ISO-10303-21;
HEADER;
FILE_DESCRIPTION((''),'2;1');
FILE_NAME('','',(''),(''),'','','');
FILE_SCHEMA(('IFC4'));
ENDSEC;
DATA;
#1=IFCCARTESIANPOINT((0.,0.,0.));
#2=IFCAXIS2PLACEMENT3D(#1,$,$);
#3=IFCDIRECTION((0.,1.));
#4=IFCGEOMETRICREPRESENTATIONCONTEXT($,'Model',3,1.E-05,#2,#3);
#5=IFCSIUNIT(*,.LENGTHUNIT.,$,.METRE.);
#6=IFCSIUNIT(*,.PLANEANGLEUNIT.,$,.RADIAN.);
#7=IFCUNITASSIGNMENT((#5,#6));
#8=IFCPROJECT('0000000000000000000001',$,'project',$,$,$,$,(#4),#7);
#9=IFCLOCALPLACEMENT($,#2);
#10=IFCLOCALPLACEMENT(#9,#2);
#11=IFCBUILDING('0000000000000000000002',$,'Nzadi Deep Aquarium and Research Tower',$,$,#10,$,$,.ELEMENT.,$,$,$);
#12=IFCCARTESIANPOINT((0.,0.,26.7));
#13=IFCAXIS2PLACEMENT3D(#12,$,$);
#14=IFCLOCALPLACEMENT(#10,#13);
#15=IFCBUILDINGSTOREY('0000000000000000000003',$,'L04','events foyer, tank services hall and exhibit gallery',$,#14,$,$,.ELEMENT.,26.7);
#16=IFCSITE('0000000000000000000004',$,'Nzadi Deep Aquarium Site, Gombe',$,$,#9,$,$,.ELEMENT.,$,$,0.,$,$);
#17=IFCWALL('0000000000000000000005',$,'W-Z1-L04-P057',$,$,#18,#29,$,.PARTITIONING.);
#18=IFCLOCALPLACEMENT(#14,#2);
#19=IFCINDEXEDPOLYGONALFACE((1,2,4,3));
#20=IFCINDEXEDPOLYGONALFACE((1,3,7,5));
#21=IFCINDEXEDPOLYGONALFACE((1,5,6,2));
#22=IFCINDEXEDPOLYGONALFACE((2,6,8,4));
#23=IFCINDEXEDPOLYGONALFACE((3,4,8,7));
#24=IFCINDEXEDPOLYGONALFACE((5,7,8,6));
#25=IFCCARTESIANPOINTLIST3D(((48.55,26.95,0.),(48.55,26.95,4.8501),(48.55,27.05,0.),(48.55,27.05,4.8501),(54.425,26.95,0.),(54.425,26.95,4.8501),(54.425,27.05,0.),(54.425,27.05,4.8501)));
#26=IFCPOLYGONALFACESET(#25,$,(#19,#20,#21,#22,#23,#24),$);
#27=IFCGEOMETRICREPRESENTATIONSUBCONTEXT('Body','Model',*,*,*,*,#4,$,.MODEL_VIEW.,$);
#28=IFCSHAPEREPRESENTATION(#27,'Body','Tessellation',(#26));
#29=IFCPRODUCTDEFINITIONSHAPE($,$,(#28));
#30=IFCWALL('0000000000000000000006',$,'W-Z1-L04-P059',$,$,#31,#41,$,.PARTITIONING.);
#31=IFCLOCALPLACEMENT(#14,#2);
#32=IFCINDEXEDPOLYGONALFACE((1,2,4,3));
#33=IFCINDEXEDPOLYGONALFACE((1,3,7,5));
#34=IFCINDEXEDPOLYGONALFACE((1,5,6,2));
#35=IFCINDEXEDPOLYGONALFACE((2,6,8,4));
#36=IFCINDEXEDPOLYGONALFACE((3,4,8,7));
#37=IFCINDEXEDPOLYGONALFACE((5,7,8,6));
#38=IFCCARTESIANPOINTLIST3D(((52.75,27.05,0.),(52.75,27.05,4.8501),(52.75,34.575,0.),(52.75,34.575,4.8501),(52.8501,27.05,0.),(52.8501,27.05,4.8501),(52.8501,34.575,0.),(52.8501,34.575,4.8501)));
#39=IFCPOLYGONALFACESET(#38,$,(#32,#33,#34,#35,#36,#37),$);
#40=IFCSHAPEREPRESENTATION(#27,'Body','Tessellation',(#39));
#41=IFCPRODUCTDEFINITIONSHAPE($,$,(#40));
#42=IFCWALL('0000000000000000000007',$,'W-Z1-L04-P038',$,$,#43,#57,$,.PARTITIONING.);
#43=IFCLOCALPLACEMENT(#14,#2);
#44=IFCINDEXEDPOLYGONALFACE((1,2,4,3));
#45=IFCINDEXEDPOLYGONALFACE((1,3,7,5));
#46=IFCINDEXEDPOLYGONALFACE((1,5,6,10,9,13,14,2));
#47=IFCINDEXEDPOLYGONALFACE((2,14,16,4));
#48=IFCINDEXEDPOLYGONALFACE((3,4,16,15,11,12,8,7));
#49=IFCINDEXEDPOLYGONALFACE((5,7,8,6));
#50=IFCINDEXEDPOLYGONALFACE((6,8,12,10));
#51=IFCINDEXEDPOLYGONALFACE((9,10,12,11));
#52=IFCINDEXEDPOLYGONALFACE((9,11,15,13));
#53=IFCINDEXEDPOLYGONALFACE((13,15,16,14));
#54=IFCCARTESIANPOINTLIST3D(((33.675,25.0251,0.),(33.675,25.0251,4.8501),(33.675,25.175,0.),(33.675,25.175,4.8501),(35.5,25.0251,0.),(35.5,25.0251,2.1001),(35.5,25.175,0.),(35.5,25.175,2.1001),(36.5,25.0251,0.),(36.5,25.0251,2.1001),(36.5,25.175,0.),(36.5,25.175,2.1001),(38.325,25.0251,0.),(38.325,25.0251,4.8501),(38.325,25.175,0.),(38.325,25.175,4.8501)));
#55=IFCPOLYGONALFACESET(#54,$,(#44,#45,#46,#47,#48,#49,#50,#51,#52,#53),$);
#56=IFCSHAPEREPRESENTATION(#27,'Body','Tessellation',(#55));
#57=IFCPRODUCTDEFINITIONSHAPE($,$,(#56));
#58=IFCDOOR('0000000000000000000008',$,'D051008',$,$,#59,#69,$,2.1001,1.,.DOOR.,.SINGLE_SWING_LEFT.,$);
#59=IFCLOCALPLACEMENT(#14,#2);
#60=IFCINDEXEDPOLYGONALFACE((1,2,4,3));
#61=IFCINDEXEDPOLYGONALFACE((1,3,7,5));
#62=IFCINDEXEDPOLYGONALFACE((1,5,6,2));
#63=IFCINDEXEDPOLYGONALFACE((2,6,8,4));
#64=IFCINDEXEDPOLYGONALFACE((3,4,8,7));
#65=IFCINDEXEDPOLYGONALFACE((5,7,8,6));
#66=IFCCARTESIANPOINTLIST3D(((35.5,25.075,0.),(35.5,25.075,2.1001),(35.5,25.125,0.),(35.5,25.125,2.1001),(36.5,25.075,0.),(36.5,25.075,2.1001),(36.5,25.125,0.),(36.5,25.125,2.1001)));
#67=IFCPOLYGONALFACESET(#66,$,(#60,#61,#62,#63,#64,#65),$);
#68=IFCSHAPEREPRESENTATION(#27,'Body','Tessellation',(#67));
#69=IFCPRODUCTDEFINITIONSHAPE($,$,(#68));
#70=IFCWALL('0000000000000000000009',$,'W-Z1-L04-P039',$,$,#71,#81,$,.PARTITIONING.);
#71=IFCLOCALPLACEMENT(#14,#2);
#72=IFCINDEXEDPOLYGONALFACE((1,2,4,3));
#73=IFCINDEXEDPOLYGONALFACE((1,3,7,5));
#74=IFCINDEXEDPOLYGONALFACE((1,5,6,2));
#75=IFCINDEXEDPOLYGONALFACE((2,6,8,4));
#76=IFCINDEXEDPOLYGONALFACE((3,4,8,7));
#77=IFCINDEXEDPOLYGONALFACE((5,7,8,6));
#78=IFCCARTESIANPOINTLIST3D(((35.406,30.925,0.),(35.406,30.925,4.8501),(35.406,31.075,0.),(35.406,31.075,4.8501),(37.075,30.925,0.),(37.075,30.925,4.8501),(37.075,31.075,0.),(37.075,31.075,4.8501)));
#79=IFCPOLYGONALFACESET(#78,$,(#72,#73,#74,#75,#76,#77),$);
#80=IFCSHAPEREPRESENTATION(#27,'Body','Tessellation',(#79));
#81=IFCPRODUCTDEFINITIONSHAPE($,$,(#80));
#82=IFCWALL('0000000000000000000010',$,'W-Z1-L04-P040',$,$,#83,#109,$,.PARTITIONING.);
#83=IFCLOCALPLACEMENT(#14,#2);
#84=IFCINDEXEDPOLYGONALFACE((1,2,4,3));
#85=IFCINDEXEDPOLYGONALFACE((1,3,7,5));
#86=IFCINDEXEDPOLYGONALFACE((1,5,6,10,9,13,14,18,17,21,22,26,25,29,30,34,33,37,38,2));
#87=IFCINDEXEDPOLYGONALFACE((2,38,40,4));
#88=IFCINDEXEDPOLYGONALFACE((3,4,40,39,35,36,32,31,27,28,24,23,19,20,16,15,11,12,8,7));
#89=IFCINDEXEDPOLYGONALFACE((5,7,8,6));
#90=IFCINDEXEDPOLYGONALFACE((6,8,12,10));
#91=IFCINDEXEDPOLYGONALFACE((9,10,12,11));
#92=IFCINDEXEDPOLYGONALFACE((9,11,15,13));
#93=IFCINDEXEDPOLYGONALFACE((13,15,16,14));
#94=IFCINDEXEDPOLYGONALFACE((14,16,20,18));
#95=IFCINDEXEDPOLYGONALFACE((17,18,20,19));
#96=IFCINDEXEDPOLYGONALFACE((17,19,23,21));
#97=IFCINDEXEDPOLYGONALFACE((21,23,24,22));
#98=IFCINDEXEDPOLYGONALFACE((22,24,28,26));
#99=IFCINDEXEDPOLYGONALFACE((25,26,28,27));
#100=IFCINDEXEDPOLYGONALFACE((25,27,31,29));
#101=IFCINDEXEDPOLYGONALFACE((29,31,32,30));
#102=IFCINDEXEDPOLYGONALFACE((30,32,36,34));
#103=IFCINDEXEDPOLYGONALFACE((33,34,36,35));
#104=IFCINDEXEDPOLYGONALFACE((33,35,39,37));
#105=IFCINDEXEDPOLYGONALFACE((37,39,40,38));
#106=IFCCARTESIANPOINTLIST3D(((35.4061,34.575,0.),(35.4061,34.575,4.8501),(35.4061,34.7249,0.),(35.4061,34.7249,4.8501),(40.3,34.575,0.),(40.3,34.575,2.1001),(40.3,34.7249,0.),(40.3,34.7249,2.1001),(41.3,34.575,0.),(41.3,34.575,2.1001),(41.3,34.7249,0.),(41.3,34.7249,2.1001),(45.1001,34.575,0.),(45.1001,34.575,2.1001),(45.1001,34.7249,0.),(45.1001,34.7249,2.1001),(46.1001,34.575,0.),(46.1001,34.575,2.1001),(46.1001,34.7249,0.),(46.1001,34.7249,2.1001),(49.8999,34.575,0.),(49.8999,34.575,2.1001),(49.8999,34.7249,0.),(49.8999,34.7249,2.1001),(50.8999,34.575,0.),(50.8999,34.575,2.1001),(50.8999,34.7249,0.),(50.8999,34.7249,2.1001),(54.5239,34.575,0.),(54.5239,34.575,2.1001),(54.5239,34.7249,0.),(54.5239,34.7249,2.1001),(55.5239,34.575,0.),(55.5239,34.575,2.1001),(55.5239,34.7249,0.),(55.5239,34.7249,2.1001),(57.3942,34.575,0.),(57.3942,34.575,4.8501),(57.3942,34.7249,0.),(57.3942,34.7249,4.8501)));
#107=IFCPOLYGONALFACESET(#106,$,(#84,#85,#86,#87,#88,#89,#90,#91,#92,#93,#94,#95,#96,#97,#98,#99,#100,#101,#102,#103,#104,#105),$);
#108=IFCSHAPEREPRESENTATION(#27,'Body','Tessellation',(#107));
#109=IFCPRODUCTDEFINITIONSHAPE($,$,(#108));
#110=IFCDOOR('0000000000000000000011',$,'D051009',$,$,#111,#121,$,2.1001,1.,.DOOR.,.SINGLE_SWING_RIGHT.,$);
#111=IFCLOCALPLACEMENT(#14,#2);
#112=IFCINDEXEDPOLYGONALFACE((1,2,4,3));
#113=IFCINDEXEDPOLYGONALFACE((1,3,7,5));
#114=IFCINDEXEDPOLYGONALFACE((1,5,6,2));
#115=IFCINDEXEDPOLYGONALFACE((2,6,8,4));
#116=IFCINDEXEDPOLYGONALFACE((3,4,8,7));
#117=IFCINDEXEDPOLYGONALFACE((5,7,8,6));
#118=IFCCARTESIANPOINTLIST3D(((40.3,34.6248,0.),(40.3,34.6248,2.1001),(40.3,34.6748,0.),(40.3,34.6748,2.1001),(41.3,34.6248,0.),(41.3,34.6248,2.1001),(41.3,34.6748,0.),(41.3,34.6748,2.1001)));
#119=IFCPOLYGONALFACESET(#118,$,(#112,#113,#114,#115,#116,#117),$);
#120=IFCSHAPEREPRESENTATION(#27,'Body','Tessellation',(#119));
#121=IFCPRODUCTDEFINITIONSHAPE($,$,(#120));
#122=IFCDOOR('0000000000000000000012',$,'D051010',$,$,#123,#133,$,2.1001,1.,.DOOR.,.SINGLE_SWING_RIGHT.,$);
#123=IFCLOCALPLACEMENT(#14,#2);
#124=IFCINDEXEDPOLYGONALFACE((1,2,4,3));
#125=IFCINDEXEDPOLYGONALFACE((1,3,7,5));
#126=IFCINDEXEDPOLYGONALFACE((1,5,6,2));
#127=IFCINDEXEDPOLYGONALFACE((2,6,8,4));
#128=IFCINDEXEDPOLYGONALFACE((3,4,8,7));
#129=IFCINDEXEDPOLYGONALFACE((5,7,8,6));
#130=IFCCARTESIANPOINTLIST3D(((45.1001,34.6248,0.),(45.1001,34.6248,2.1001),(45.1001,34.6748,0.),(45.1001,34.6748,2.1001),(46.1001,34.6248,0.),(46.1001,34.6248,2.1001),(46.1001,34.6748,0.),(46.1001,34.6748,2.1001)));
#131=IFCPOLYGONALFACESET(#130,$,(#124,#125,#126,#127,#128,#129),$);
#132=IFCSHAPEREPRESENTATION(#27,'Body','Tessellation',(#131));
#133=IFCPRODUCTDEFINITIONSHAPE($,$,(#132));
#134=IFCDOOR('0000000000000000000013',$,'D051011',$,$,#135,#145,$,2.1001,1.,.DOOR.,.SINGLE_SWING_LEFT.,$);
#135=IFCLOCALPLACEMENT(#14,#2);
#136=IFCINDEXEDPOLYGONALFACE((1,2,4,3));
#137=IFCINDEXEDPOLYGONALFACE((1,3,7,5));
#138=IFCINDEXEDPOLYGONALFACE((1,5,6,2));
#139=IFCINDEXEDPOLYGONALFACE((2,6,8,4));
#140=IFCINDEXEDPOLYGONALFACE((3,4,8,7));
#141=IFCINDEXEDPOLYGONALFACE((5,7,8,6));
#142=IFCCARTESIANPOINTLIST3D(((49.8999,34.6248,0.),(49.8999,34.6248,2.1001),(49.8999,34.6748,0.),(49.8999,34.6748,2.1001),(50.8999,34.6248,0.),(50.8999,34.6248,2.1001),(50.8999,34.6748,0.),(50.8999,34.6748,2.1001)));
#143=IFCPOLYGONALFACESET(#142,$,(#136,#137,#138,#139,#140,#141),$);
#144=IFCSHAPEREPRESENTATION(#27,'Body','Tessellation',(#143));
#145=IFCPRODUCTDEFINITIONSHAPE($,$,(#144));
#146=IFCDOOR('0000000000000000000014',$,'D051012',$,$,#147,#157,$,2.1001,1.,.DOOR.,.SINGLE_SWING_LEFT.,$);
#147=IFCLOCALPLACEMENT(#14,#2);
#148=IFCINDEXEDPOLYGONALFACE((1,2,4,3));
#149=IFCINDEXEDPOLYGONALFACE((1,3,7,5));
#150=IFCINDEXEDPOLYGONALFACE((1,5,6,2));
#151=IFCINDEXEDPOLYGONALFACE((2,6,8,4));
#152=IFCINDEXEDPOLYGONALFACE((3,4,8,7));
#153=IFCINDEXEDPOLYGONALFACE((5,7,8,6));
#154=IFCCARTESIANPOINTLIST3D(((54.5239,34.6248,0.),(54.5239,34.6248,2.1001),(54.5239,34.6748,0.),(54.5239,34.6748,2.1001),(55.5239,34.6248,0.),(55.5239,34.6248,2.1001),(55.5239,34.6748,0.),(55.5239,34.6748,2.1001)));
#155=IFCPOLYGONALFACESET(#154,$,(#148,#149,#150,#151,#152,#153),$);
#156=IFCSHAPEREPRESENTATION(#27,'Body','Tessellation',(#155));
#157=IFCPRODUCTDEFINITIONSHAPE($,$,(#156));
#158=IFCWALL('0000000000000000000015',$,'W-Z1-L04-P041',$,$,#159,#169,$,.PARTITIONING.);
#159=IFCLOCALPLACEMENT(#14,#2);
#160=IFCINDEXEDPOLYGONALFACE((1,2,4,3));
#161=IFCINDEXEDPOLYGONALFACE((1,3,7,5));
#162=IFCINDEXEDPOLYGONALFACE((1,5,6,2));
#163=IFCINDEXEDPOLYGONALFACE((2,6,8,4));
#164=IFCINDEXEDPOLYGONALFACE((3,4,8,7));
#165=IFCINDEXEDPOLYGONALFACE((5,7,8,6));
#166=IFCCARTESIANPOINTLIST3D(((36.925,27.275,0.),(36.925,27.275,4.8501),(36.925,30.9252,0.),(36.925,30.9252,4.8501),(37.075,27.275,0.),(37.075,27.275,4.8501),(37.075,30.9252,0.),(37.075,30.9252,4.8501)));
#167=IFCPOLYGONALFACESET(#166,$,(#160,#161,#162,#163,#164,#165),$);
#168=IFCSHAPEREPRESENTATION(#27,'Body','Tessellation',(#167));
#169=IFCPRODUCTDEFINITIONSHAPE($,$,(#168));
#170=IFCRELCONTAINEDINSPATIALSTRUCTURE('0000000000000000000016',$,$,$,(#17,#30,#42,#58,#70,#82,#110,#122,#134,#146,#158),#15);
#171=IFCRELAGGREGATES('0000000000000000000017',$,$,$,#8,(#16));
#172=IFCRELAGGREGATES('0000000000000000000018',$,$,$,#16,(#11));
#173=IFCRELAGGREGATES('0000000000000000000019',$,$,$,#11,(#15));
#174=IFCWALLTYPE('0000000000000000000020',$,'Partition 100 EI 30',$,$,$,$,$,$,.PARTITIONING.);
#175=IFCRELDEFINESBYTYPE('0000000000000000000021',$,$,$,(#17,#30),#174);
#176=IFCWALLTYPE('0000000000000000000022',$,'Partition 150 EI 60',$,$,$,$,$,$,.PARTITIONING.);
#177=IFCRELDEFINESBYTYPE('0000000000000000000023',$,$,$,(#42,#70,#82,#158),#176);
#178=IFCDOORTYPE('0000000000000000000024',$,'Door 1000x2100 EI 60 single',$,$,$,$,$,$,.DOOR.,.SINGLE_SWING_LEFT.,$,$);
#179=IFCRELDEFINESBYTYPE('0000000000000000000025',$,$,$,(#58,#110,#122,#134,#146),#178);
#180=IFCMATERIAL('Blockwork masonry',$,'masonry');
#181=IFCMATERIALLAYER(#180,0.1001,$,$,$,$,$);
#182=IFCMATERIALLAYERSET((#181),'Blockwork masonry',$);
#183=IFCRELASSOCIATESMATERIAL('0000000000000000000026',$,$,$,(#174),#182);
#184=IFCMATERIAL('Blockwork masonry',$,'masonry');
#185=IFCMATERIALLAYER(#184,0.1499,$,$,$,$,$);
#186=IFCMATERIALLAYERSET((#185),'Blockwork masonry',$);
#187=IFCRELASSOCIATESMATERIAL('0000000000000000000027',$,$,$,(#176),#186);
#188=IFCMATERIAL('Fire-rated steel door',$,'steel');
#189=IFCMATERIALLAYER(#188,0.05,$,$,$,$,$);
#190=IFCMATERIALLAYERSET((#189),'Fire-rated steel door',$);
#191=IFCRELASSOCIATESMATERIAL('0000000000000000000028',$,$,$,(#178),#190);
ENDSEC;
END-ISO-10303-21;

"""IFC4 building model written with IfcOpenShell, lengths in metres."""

from ifc_helpers import new_model, si_unit, direction, frame, frame_2d, origin, place, context, subcontext, project, spatial, rectangle, extrude, material, layer, layer_set, type_object, element, fill, save


model = new_model("IFC4")

# Units and contexts
model_context = context("Model", 3, precision=1e-05, world=origin(), true_north=direction((0.0, 1.0)))
body_context = subcontext(model_context, "Body", "Model", "MODEL_VIEW")
ifc_project = project(units=[si_unit("LENGTHUNIT", "METRE"), si_unit("PLANEANGLEUNIT", "RADIAN")], contexts=[model_context])

# Site, building, storey
site_placement = place(None, origin())
site = spatial("IfcSite", under=ifc_project, at=site_placement, Name="Nzadi Deep Aquarium Site, Gombe", CompositionType="ELEMENT", RefElevation=0.0)
building_placement = place(site_placement, origin())
building = spatial("IfcBuilding", under=site, at=building_placement, Name="Nzadi Deep Aquarium and Research Tower", CompositionType="ELEMENT")
storey_placement = place(building_placement, frame((0.0, 0.0, 26.7)))
storey = spatial("IfcBuildingStorey", under=building, at=storey_placement, Name="L04", Description="events foyer, tank services hall and exhibit gallery", CompositionType="ELEMENT", Elevation=26.7)

# Walls
ifc_material_1 = material(Name="Blockwork masonry", Category="masonry")
ifc_layer_1 = layer(ifc_material_1, 0.1001)
ifc_layer_set_1 = layer_set([ifc_layer_1], Name="Blockwork masonry")
wall_type_1 = type_object("IfcWallType", Name="Partition 100 EI 30", PredefinedType="PARTITIONING", material=ifc_layer_set_1)
wall_1_placement = place(storey_placement, frame((48.55, 27.0, 0.0), z_axis=(0.0, 0.0, 1.0), x_axis=(1.0, 0.0, 0.0)))
element("IfcWall", 1, at=wall_1_placement, inside=storey, type_object=wall_type_1, Name="W-Z1-L04-P057", PredefinedType="PARTITIONING", context=body_context, shape_type="SweptSolid", body=[
    extrude(rectangle(XDim=5.875, YDim=0.1001, at=frame_2d((2.9375, 0.0))), origin(), (0.0, 0.0, 1.0), 4.8501),
])
wall_2_placement = place(storey_placement, frame((52.8, 27.05, 0.0), z_axis=(0.0, 0.0, 1.0), x_axis=(0.0, 1.0, 0.0)))
element("IfcWall", 2, at=wall_2_placement, inside=storey, type_object=wall_type_1, Name="W-Z1-L04-P059", PredefinedType="PARTITIONING", context=body_context, shape_type="SweptSolid", body=[
    extrude(rectangle(XDim=7.5249, YDim=0.1001, at=frame_2d((3.7625, 0.0))), origin(), (0.0, 0.0, 1.0), 4.8501),
])

# Wall, opening, door
ifc_material_2 = material(Name="Blockwork masonry", Category="masonry")
ifc_layer_2 = layer(ifc_material_2, 0.1499)
ifc_layer_set_2 = layer_set([ifc_layer_2], Name="Blockwork masonry")
wall_type_2 = type_object("IfcWallType", Name="Partition 150 EI 60", PredefinedType="PARTITIONING", material=ifc_layer_set_2)
wall_3_placement = place(storey_placement, frame((33.675, 25.1001, 0.0), z_axis=(0.0, 0.0, 1.0), x_axis=(1.0, 0.0, 0.0)))
wall_3 = element("IfcWall", 3, at=wall_3_placement, inside=storey, type_object=wall_type_2, Name="W-Z1-L04-P038", PredefinedType="PARTITIONING", context=body_context, shape_type="SweptSolid", body=[
    extrude(rectangle(XDim=4.6499, YDim=0.1499, at=frame_2d((2.325, 0.0))), origin(), (0.0, 0.0, 1.0), 4.8501),
])
opening_1_placement = place(wall_3_placement, frame((1.825, 0.0, 0.0)))
opening_1 = element("IfcOpeningElement", 4, at=opening_1_placement, cuts=wall_3, PredefinedType="OPENING", context=body_context, shape_type="SweptSolid", body=[
    extrude(rectangle(XDim=1.0, YDim=2.1001, at=frame_2d((0.5, 1.05))), frame((0.0, 0.085, 0.0), z_axis=(0.0, -1.0, 0.0), x_axis=(1.0, 0.0, 0.0)), (0.0, 0.0, 1.0), 0.1699),
])
ifc_material_3 = material(Name="Fire-rated steel door", Category="steel")
ifc_layer_3 = layer(ifc_material_3, 0.05)
ifc_layer_set_3 = layer_set([ifc_layer_3], Name="Fire-rated steel door")
door_type = type_object("IfcDoorType", Name="Door 1000x2100 EI 60 single", OperationType="SINGLE_SWING_LEFT", PredefinedType="DOOR", material=ifc_layer_set_3)
door_1_placement = place(opening_1_placement, origin())
door_1 = element("IfcDoor", 5, at=door_1_placement, inside=storey, type_object=door_type, Name="D051008", OperationType="SINGLE_SWING_LEFT", OverallHeight=2.1001, OverallWidth=1.0, PredefinedType="DOOR", context=body_context, shape_type="SweptSolid", body=[
    extrude(rectangle(XDim=1.0, YDim=2.1001, at=frame_2d((0.5, 1.05))), frame((0.0, 0.0249, 0.0), z_axis=(0.0, -1.0, 0.0), x_axis=(1.0, 0.0, 0.0)), (0.0, 0.0, 1.0), 0.05),
])
fill(opening_1, door_1)

# Wall
wall_4_placement = place(storey_placement, frame((35.406, 31.0, 0.0), z_axis=(0.0, 0.0, 1.0), x_axis=(1.0, 0.0, 0.0)))
element("IfcWall", 6, at=wall_4_placement, inside=storey, type_object=wall_type_2, Name="W-Z1-L04-P039", PredefinedType="PARTITIONING", context=body_context, shape_type="SweptSolid", body=[
    extrude(rectangle(XDim=1.6689, YDim=0.1499, at=frame_2d((0.8345, 0.0))), origin(), (0.0, 0.0, 1.0), 4.8501),
])

# Wall, openings, doors
wall_5_placement = place(storey_placement, frame((35.406, 34.6499, 0.0), z_axis=(0.0, 0.0, 1.0), x_axis=(1.0, 0.0, 0.0)))
wall_5 = element("IfcWall", 7, at=wall_5_placement, inside=storey, type_object=wall_type_2, Name="W-Z1-L04-P040", PredefinedType="PARTITIONING", context=body_context, shape_type="SweptSolid", body=[
    extrude(rectangle(XDim=21.988, YDim=0.1499, at=frame_2d((10.9941, 0.0))), origin(), (0.0, 0.0, 1.0), 4.8501),
])
opening_2_placement = place(wall_5_placement, frame((4.894, 0.0, 0.0)))
opening_2 = element("IfcOpeningElement", 8, at=opening_2_placement, cuts=wall_5, PredefinedType="OPENING", context=body_context, shape_type="SweptSolid", body=[
    extrude(rectangle(XDim=1.0, YDim=2.1001, at=frame_2d((0.5, 1.05))), frame((0.0, 0.085, 0.0), z_axis=(0.0, -1.0, 0.0), x_axis=(1.0, 0.0, 0.0)), (0.0, 0.0, 1.0), 0.1699),
])
opening_3_placement = place(wall_5_placement, frame((9.6941, 0.0, 0.0)))
opening_3 = element("IfcOpeningElement", 9, at=opening_3_placement, cuts=wall_5, PredefinedType="OPENING", context=body_context, shape_type="SweptSolid", body=[
    extrude(rectangle(XDim=1.0, YDim=2.1001, at=frame_2d((0.5, 1.05))), frame((0.0, 0.085, 0.0), z_axis=(0.0, -1.0, 0.0), x_axis=(1.0, 0.0, 0.0)), (0.0, 0.0, 1.0), 0.1699),
])
opening_4_placement = place(wall_5_placement, frame((14.4939, 0.0, 0.0)))
opening_4 = element("IfcOpeningElement", 10, at=opening_4_placement, cuts=wall_5, PredefinedType="OPENING", context=body_context, shape_type="SweptSolid", body=[
    extrude(rectangle(XDim=1.0, YDim=2.1001, at=frame_2d((0.5, 1.05))), frame((0.0, 0.085, 0.0), z_axis=(0.0, -1.0, 0.0), x_axis=(1.0, 0.0, 0.0)), (0.0, 0.0, 1.0), 0.1699),
])
opening_5_placement = place(wall_5_placement, frame((19.1179, 0.0, 0.0)))
opening_5 = element("IfcOpeningElement", 11, at=opening_5_placement, cuts=wall_5, PredefinedType="OPENING", context=body_context, shape_type="SweptSolid", body=[
    extrude(rectangle(XDim=1.0, YDim=2.1001, at=frame_2d((0.5, 1.05))), frame((0.0, 0.085, 0.0), z_axis=(0.0, -1.0, 0.0), x_axis=(1.0, 0.0, 0.0)), (0.0, 0.0, 1.0), 0.1699),
])
door_2_placement = place(opening_2_placement, origin())
door_2 = element("IfcDoor", 12, at=door_2_placement, inside=storey, type_object=door_type, Name="D051009", OperationType="SINGLE_SWING_RIGHT", OverallHeight=2.1001, OverallWidth=1.0, PredefinedType="DOOR", context=body_context, shape_type="SweptSolid", body=[
    extrude(rectangle(XDim=1.0, YDim=2.1001, at=frame_2d((0.5, 1.05))), frame((0.0, 0.0249, 0.0), z_axis=(0.0, -1.0, 0.0), x_axis=(1.0, 0.0, 0.0)), (0.0, 0.0, 1.0), 0.05),
])
fill(opening_2, door_2)
door_3_placement = place(opening_3_placement, origin())
door_3 = element("IfcDoor", 13, at=door_3_placement, inside=storey, type_object=door_type, Name="D051010", OperationType="SINGLE_SWING_RIGHT", OverallHeight=2.1001, OverallWidth=1.0, PredefinedType="DOOR", context=body_context, shape_type="SweptSolid", body=[
    extrude(rectangle(XDim=1.0, YDim=2.1001, at=frame_2d((0.5, 1.05))), frame((0.0, 0.0249, 0.0), z_axis=(0.0, -1.0, 0.0), x_axis=(1.0, 0.0, 0.0)), (0.0, 0.0, 1.0), 0.05),
])
fill(opening_3, door_3)
door_4_placement = place(opening_4_placement, origin())
door_4 = element("IfcDoor", 14, at=door_4_placement, inside=storey, type_object=door_type, Name="D051011", OperationType="SINGLE_SWING_LEFT", OverallHeight=2.1001, OverallWidth=1.0, PredefinedType="DOOR", context=body_context, shape_type="SweptSolid", body=[
    extrude(rectangle(XDim=1.0, YDim=2.1001, at=frame_2d((0.5, 1.05))), frame((0.0, 0.0249, 0.0), z_axis=(0.0, -1.0, 0.0), x_axis=(1.0, 0.0, 0.0)), (0.0, 0.0, 1.0), 0.05),
])
fill(opening_4, door_4)
door_5_placement = place(opening_5_placement, origin())
door_5 = element("IfcDoor", 15, at=door_5_placement, inside=storey, type_object=door_type, Name="D051012", OperationType="SINGLE_SWING_LEFT", OverallHeight=2.1001, OverallWidth=1.0, PredefinedType="DOOR", context=body_context, shape_type="SweptSolid", body=[
    extrude(rectangle(XDim=1.0, YDim=2.1001, at=frame_2d((0.5, 1.05))), frame((0.0, 0.0249, 0.0), z_axis=(0.0, -1.0, 0.0), x_axis=(1.0, 0.0, 0.0)), (0.0, 0.0, 1.0), 0.05),
])
fill(opening_5, door_5)

# Wall
wall_6_placement = place(storey_placement, frame((37.0, 27.2749, 0.0), z_axis=(0.0, 0.0, 1.0), x_axis=(0.0, 1.0, 0.0)))
element("IfcWall", 16, at=wall_6_placement, inside=storey, type_object=wall_type_2, Name="W-Z1-L04-P041", PredefinedType="PARTITIONING", context=body_context, shape_type="SweptSolid", body=[
    extrude(rectangle(XDim=3.6501, YDim=0.1499, at=frame_2d((1.8252, 0.0))), origin(), (0.0, 0.0, 1.0), 4.8501),
])

save(model, "model.ifc")
